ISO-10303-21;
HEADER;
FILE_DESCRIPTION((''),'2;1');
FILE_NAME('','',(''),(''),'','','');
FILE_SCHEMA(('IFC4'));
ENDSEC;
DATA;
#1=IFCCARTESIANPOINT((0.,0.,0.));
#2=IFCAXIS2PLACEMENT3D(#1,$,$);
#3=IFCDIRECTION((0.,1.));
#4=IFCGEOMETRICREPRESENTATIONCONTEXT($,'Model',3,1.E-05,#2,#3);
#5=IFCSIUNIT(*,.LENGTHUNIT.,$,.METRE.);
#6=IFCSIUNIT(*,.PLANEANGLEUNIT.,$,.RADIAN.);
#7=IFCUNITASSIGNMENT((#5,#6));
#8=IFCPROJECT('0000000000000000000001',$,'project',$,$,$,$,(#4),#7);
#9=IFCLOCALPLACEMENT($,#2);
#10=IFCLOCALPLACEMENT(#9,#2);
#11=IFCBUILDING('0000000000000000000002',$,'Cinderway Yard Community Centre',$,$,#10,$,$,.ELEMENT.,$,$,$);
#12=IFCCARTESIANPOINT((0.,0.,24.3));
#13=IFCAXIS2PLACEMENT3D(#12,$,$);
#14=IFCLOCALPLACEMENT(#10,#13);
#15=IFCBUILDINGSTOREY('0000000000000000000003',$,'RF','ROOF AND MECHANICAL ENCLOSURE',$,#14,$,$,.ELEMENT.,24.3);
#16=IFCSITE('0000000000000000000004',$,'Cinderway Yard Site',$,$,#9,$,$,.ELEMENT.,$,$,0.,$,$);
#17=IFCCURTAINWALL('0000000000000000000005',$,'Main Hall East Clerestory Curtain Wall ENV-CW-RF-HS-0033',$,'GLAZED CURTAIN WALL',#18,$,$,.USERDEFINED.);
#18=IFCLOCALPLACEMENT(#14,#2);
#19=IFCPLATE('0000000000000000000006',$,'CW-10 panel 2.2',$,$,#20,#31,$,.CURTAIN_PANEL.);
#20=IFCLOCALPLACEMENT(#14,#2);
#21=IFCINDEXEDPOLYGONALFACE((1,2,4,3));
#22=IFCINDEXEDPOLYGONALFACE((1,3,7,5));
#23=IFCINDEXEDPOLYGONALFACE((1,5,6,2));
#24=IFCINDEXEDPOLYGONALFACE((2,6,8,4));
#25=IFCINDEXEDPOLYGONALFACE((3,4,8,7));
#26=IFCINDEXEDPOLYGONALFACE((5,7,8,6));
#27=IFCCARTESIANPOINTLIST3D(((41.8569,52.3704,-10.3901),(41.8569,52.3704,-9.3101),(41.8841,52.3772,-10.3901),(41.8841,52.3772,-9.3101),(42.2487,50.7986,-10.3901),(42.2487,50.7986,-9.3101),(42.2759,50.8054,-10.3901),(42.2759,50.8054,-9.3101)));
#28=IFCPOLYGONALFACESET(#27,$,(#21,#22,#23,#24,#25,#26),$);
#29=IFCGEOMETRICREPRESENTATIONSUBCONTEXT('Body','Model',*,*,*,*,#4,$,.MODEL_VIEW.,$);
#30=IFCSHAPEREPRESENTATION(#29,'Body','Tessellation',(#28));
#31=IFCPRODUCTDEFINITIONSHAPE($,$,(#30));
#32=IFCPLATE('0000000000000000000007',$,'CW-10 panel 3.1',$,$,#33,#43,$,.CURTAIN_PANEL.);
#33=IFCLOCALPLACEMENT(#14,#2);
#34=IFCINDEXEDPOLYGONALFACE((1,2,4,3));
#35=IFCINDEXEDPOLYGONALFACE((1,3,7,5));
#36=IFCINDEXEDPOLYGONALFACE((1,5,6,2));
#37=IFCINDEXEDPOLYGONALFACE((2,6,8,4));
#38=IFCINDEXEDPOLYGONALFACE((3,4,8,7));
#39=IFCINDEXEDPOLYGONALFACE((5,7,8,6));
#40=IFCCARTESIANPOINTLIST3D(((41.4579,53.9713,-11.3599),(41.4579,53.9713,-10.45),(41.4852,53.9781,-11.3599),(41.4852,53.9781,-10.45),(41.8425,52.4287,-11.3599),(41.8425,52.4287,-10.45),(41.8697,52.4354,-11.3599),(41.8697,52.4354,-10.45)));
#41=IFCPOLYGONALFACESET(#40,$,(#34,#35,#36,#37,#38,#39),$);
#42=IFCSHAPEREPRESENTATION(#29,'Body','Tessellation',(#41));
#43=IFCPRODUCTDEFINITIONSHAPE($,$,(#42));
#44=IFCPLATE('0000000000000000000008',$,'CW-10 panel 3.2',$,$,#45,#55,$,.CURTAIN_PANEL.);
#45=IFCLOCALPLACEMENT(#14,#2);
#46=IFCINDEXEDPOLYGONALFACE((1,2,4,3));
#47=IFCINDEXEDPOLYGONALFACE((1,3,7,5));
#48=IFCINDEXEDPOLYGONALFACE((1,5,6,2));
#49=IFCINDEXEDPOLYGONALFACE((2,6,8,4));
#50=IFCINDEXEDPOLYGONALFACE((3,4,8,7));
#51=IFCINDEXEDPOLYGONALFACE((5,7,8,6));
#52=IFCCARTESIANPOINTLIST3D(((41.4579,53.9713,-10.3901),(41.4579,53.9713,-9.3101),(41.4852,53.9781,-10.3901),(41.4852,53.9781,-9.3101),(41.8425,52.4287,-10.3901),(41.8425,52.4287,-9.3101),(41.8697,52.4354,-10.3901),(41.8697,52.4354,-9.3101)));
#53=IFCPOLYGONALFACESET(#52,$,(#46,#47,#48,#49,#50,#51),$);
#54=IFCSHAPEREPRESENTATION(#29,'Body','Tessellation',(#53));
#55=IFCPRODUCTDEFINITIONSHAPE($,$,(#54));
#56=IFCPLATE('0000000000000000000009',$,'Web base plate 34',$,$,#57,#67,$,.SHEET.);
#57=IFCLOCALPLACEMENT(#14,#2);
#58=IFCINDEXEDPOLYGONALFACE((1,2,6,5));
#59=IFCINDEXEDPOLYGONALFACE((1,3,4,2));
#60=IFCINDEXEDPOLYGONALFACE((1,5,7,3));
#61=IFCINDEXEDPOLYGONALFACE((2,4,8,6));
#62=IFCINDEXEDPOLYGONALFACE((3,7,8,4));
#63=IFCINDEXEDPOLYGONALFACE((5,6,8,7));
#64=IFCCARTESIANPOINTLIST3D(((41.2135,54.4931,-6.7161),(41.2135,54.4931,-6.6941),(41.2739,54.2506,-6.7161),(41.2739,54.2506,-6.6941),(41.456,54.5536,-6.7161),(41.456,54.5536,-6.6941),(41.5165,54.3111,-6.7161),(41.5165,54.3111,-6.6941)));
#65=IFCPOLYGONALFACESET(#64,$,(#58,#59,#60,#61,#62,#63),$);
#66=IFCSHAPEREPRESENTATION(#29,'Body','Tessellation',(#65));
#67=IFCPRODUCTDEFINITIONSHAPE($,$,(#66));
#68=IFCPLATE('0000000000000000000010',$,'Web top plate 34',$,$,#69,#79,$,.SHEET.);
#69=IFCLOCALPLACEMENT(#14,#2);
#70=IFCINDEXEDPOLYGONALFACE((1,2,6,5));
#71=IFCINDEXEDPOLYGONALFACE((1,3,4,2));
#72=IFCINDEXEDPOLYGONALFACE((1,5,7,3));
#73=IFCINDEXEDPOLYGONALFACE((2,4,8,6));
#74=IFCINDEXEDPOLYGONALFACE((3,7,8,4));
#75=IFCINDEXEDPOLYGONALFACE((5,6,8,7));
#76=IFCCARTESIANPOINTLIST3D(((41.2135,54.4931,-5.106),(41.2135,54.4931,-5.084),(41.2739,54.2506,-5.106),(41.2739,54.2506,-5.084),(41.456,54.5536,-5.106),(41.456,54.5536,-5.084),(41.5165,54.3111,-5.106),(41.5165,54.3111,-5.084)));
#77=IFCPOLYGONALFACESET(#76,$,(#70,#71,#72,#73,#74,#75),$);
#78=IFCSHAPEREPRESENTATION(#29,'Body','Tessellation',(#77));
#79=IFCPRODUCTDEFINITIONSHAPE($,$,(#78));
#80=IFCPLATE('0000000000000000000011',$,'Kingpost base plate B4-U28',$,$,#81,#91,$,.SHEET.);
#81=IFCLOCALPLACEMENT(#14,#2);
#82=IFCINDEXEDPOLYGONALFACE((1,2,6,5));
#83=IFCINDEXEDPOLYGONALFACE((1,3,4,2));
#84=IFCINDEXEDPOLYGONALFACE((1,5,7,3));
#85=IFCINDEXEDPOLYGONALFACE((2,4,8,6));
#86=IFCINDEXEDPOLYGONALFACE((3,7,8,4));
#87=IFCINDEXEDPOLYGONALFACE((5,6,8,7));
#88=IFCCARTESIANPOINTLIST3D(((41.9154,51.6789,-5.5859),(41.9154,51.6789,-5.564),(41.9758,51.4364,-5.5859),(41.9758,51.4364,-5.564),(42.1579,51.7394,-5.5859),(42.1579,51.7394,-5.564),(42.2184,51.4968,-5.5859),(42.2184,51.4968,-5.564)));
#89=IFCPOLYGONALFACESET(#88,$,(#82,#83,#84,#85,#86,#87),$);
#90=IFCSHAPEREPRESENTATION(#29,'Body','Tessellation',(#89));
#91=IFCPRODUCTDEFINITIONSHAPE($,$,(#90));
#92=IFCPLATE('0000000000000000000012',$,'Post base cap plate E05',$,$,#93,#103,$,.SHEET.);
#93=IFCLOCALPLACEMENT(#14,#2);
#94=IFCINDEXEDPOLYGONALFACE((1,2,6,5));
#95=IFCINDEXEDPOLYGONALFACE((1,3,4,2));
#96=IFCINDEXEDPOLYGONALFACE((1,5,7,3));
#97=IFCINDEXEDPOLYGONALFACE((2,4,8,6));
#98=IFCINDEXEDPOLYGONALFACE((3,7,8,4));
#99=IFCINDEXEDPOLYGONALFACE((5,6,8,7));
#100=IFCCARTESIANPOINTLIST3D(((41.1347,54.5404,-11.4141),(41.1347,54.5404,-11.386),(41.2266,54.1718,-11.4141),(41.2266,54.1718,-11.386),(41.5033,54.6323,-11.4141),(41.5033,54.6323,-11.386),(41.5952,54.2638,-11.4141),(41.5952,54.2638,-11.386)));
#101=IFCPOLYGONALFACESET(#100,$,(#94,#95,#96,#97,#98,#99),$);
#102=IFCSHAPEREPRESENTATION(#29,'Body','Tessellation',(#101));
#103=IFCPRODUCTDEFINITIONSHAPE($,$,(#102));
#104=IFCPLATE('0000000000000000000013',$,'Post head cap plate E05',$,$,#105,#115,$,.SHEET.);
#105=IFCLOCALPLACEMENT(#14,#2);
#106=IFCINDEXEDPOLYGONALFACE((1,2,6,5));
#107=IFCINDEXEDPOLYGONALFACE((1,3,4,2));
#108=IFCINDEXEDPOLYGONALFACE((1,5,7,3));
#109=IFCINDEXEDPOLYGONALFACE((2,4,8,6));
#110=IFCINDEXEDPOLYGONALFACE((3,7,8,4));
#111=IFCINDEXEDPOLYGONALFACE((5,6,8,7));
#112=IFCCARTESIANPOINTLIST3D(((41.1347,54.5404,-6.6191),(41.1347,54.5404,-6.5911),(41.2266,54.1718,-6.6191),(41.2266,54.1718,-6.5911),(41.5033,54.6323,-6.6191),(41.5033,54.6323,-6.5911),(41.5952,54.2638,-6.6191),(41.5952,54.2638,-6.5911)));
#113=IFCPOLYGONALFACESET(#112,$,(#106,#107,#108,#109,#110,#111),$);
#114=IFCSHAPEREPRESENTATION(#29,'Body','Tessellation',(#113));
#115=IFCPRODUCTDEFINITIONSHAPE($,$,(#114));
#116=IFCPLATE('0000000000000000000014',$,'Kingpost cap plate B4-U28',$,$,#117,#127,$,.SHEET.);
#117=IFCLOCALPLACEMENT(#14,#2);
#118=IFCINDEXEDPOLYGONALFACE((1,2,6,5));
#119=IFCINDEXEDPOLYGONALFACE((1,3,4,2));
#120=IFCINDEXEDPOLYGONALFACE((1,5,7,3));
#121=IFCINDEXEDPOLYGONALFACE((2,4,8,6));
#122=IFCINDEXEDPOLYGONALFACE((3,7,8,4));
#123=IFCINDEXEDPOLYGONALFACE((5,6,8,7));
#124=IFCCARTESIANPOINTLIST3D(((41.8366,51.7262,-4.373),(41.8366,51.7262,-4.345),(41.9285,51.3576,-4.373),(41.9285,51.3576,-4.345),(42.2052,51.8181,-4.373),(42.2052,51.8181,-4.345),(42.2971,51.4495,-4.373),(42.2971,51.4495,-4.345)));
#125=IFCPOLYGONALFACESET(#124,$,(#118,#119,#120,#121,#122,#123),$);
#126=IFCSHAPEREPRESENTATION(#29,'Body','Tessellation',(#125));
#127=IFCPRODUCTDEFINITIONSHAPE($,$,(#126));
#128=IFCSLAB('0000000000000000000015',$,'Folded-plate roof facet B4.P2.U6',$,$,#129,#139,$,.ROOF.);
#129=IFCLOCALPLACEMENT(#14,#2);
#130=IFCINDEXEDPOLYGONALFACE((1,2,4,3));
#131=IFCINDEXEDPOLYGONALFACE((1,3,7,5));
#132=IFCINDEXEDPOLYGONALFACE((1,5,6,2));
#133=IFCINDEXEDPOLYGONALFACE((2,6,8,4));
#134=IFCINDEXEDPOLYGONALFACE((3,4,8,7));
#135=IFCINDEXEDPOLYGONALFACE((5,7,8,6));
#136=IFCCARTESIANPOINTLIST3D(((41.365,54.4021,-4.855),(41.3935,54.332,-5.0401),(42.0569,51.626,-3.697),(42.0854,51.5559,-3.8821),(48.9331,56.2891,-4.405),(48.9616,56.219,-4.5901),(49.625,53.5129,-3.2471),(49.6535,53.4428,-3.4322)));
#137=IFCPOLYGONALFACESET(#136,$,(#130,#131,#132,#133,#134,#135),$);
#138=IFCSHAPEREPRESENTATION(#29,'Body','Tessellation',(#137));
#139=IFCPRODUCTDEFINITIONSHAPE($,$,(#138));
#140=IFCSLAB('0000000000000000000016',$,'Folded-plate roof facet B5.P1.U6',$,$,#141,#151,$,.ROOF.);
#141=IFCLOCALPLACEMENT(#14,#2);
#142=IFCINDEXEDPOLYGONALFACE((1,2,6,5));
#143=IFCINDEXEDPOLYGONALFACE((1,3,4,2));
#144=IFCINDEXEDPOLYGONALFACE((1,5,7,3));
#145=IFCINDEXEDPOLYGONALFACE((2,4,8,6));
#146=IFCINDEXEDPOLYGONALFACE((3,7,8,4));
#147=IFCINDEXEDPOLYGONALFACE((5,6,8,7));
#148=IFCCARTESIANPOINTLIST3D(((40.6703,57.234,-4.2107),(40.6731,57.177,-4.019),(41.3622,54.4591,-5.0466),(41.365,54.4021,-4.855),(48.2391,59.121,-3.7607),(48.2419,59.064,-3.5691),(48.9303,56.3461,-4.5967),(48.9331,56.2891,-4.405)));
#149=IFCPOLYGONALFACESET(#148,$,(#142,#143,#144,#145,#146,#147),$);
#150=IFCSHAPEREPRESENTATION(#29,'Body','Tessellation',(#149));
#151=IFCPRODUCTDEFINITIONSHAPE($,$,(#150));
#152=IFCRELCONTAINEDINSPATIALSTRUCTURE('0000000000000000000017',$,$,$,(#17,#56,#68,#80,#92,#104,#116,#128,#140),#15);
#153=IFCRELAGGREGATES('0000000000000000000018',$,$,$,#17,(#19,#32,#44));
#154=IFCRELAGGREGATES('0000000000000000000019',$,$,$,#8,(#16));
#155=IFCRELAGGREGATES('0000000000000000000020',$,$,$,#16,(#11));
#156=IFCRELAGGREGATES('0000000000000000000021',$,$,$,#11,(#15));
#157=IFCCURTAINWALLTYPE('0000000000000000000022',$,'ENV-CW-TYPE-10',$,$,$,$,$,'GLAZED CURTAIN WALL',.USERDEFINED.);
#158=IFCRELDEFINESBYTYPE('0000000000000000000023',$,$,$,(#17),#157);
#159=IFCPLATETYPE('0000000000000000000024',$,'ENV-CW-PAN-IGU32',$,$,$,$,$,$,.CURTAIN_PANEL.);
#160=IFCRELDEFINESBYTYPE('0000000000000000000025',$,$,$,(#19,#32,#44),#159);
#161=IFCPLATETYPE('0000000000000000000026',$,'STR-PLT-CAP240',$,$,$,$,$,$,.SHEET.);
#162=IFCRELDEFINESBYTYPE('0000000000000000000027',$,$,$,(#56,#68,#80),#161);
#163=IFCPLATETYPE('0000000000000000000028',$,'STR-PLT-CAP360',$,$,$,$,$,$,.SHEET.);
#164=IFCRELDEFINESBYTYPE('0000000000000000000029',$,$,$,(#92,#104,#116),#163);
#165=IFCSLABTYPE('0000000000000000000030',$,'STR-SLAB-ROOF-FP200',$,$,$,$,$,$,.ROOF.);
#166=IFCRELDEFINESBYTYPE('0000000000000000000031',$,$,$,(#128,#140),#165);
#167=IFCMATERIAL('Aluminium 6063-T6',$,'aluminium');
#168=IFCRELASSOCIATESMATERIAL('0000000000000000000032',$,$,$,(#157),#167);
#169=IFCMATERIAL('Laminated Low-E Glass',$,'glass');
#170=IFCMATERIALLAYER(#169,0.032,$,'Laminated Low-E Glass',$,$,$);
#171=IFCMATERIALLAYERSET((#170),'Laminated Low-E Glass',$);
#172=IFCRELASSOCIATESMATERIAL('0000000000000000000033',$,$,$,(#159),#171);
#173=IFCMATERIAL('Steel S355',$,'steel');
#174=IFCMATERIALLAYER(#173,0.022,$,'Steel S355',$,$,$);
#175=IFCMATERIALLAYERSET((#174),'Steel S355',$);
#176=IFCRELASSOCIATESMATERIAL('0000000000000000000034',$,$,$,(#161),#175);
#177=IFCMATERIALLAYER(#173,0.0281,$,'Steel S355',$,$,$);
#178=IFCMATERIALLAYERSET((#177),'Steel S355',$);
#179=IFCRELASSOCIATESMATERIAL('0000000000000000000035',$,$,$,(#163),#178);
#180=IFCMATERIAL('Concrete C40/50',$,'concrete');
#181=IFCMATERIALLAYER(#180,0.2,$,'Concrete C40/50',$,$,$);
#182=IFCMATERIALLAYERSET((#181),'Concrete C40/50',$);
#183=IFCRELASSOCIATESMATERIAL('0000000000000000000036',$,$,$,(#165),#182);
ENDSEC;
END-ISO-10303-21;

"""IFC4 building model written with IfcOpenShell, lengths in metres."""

from ifc_helpers import new_model, si_unit, direction, frame, origin, origin_2d, place, context, subcontext, project, spatial, polyline, rectangle, outline, extrude, material, layer, layer_set, type_object, element, aggregate, save


model = new_model("IFC4")

# Units and contexts
model_context = context("Model", 3, precision=1e-05, world=origin(), true_north=direction((0.0, 1.0)))
body_context = subcontext(model_context, "Body", "Model", "MODEL_VIEW")
ifc_project = project(units=[si_unit("LENGTHUNIT", "METRE"), si_unit("PLANEANGLEUNIT", "RADIAN")], contexts=[model_context])

# Site, building, storey
site_placement = place(None, origin())
site = spatial("IfcSite", under=ifc_project, at=site_placement, Name="Cinderway Yard Site", CompositionType="ELEMENT", RefElevation=0.0)
building_placement = place(site_placement, origin())
building = spatial("IfcBuilding", under=site, at=building_placement, Name="Cinderway Yard Community Centre", CompositionType="ELEMENT")
storey_placement = place(building_placement, frame((0.0, 0.0, 24.3)))
storey = spatial("IfcBuildingStorey", under=building, at=storey_placement, Name="RF", Description="ROOF AND MECHANICAL ENCLOSURE", CompositionType="ELEMENT", Elevation=24.3)

# Shared definitions
ifc_material_1 = material(Name="Steel S355", Category="steel")

# Curtain wall
ifc_material_2 = material(Name="Aluminium 6063-T6", Category="aluminium")
curtain_wall_type = type_object("IfcCurtainWallType", Name="ENV-CW-TYPE-10", ElementType="GLAZED CURTAIN WALL", PredefinedType="USERDEFINED", material=ifc_material_2)
curtain_wall_placement = place(storey_placement, origin())
curtain_wall = element("IfcCurtainWall", 1, at=curtain_wall_placement, inside=storey, type_object=curtain_wall_type, Name="Main Hall East Clerestory Curtain Wall ENV-CW-RF-HS-0033", ObjectType="GLAZED CURTAIN WALL", PredefinedType="USERDEFINED")

# Shared definitions
ifc_material_3 = material(Name="Concrete C40/50", Category="concrete")

# Plates
ifc_material_4 = material(Name="Laminated Low-E Glass", Category="glass")
ifc_layer_1 = layer(ifc_material_4, 0.032, Name="Laminated Low-E Glass")
ifc_layer_set_1 = layer_set([ifc_layer_1], Name="Laminated Low-E Glass")
plate_type_1 = type_object("IfcPlateType", Name="ENV-CW-PAN-IGU32", PredefinedType="CURTAIN_PANEL", material=ifc_layer_set_1)
plate_1_placement = place(storey_placement, frame((42.0664, 51.5879, -10.3901), z_axis=(0.0, 0.0, 1.0), x_axis=(-0.241882, 0.970306, 0.0)))
plate_1 = element("IfcPlate", 2, at=plate_1_placement, type_object=plate_type_1, Name="CW-10 panel 2.2", PredefinedType="CURTAIN_PANEL", context=body_context, shape_type="SweptSolid", body=[
    extrude(rectangle(XDim=1.6199, YDim=0.0281, at=origin_2d()), origin(), (0.0, 0.0, 1.0), 1.0801),
])
plate_2_placement = place(storey_placement, frame((41.6638, 53.2034, -11.3599), z_axis=(0.0, 0.0, 1.0), x_axis=(-0.241882, 0.970306, 0.0)))
plate_2 = element("IfcPlate", 3, at=plate_2_placement, type_object=plate_type_1, Name="CW-10 panel 3.1", PredefinedType="CURTAIN_PANEL", context=body_context, shape_type="SweptSolid", body=[
    extrude(rectangle(XDim=1.5898, YDim=0.0281, at=origin_2d()), origin(), (0.0, 0.0, 1.0), 0.9099),
])
plate_3_placement = place(storey_placement, frame((41.6638, 53.2034, -10.3901), z_axis=(0.0, 0.0, 1.0), x_axis=(-0.241882, 0.970306, 0.0)))
plate_3 = element("IfcPlate", 4, at=plate_3_placement, type_object=plate_type_1, Name="CW-10 panel 3.2", PredefinedType="CURTAIN_PANEL", context=body_context, shape_type="SweptSolid", body=[
    extrude(rectangle(XDim=1.5898, YDim=0.0281, at=origin_2d()), origin(), (0.0, 0.0, 1.0), 1.0801),
])
aggregate(curtain_wall, [plate_1, plate_2, plate_3])

# Plates
ifc_layer_2 = layer(ifc_material_1, 0.022, Name="Steel S355")
ifc_layer_set_2 = layer_set([ifc_layer_2], Name="Steel S355")
plate_type_2 = type_object("IfcPlateType", Name="STR-PLT-CAP240", PredefinedType="SHEET", material=ifc_layer_set_2)
for number, where, z_axis, x_axis, name in (
    (5, (41.365, 54.4021, -6.7161), (0.0, 0.0, 1.0), (0.970296, 0.241922, 0.0), "Web base plate 34"),
    (6, (41.365, 54.4021, -5.106), (0.0, 0.0, 1.0), (0.970296, 0.241922, 0.0), "Web top plate 34"),
    (7, (42.0669, 51.5879, -5.5859), (0.0, 0.0, 1.0), (0.970296, 0.241922, 0.0), "Kingpost base plate B4-U28"),
):
    element("IfcPlate", number, at=place(storey_placement, frame(where, z_axis=z_axis, x_axis=x_axis)), inside=storey, type_object=plate_type_2, Name=name, PredefinedType="SHEET", context=body_context, shape_type="SweptSolid", body=[
        extrude(rectangle(XDim=0.25, YDim=0.25, at=origin_2d()), origin(), (0.0, 0.0, 1.0), 0.022),
    ])
ifc_layer_3 = layer(ifc_material_1, 0.0281, Name="Steel S355")
ifc_layer_set_3 = layer_set([ifc_layer_3], Name="Steel S355")
plate_type_3 = type_object("IfcPlateType", Name="STR-PLT-CAP360", PredefinedType="SHEET", material=ifc_layer_set_3)
for number, where, z_axis, x_axis, name in (
    (8, (41.365, 54.4021, -11.4141), (0.0, 0.0, 1.0), (0.970296, 0.241922, 0.0), "Post base cap plate E05"),
    (9, (41.365, 54.4021, -6.6191), (0.0, 0.0, 1.0), (0.970296, 0.241922, 0.0), "Post head cap plate E05"),
    (10, (42.0669, 51.5879, -4.373), (0.0, 0.0, 1.0), (0.970296, 0.241922, 0.0), "Kingpost cap plate B4-U28"),
):
    element("IfcPlate", number, at=place(storey_placement, frame(where, z_axis=z_axis, x_axis=x_axis)), inside=storey, type_object=plate_type_3, Name=name, PredefinedType="SHEET", context=body_context, shape_type="SweptSolid", body=[
        extrude(rectangle(XDim=0.3799, YDim=0.3799, at=origin_2d()), origin(), (0.0, 0.0, 1.0), 0.0281),
    ])

# Slabs
ifc_layer_4 = layer(ifc_material_3, 0.2, Name="Concrete C40/50")
ifc_layer_set_4 = layer_set([ifc_layer_4], Name="Concrete C40/50")
slab_type = type_object("IfcSlabType", Name="STR-SLAB-ROOF-FP200", PredefinedType="ROOF", material=ifc_layer_set_4)
slab_1_placement = place(storey_placement, frame((42.0569, 51.626, -3.697), z_axis=(-0.142445, 0.350592, 0.925632), x_axis=(0.968685, 0.241523, 0.057592)))
element("IfcSlab", 11, at=slab_1_placement, inside=storey, type_object=slab_type, Name="Folded-plate roof facet B4.P2.U6", PredefinedType="ROOF", context=body_context, shape_type="SweptSolid", body=[
    extrude(outline(polyline([(0.0, 0.0), (7.8128, 0.0), (7.7464, 3.0858), (-0.0664, 3.0858), (0.0, 0.0)])), origin(), (0.0, 0.0, -1.0), 0.2),
])
slab_2_placement = place(storey_placement, frame((41.365, 54.4021, -4.855), z_axis=(0.014127, -0.285187, 0.958368), x_axis=(0.968685, 0.241523, 0.057592)))
element("IfcSlab", 12, at=slab_2_placement, inside=storey, type_object=slab_type, Name="Folded-plate roof facet B5.P1.U6", PredefinedType="ROOF", context=body_context, shape_type="SweptSolid", body=[
    extrude(outline(polyline([(0.0, 0.0), (7.8128, 0.0), (7.8616, 2.979), (0.0481, 2.9791), (0.0, 0.0)])), origin(), (0.0, 0.0, -1.0), 0.2),
])

save(model, "model.ifc")
